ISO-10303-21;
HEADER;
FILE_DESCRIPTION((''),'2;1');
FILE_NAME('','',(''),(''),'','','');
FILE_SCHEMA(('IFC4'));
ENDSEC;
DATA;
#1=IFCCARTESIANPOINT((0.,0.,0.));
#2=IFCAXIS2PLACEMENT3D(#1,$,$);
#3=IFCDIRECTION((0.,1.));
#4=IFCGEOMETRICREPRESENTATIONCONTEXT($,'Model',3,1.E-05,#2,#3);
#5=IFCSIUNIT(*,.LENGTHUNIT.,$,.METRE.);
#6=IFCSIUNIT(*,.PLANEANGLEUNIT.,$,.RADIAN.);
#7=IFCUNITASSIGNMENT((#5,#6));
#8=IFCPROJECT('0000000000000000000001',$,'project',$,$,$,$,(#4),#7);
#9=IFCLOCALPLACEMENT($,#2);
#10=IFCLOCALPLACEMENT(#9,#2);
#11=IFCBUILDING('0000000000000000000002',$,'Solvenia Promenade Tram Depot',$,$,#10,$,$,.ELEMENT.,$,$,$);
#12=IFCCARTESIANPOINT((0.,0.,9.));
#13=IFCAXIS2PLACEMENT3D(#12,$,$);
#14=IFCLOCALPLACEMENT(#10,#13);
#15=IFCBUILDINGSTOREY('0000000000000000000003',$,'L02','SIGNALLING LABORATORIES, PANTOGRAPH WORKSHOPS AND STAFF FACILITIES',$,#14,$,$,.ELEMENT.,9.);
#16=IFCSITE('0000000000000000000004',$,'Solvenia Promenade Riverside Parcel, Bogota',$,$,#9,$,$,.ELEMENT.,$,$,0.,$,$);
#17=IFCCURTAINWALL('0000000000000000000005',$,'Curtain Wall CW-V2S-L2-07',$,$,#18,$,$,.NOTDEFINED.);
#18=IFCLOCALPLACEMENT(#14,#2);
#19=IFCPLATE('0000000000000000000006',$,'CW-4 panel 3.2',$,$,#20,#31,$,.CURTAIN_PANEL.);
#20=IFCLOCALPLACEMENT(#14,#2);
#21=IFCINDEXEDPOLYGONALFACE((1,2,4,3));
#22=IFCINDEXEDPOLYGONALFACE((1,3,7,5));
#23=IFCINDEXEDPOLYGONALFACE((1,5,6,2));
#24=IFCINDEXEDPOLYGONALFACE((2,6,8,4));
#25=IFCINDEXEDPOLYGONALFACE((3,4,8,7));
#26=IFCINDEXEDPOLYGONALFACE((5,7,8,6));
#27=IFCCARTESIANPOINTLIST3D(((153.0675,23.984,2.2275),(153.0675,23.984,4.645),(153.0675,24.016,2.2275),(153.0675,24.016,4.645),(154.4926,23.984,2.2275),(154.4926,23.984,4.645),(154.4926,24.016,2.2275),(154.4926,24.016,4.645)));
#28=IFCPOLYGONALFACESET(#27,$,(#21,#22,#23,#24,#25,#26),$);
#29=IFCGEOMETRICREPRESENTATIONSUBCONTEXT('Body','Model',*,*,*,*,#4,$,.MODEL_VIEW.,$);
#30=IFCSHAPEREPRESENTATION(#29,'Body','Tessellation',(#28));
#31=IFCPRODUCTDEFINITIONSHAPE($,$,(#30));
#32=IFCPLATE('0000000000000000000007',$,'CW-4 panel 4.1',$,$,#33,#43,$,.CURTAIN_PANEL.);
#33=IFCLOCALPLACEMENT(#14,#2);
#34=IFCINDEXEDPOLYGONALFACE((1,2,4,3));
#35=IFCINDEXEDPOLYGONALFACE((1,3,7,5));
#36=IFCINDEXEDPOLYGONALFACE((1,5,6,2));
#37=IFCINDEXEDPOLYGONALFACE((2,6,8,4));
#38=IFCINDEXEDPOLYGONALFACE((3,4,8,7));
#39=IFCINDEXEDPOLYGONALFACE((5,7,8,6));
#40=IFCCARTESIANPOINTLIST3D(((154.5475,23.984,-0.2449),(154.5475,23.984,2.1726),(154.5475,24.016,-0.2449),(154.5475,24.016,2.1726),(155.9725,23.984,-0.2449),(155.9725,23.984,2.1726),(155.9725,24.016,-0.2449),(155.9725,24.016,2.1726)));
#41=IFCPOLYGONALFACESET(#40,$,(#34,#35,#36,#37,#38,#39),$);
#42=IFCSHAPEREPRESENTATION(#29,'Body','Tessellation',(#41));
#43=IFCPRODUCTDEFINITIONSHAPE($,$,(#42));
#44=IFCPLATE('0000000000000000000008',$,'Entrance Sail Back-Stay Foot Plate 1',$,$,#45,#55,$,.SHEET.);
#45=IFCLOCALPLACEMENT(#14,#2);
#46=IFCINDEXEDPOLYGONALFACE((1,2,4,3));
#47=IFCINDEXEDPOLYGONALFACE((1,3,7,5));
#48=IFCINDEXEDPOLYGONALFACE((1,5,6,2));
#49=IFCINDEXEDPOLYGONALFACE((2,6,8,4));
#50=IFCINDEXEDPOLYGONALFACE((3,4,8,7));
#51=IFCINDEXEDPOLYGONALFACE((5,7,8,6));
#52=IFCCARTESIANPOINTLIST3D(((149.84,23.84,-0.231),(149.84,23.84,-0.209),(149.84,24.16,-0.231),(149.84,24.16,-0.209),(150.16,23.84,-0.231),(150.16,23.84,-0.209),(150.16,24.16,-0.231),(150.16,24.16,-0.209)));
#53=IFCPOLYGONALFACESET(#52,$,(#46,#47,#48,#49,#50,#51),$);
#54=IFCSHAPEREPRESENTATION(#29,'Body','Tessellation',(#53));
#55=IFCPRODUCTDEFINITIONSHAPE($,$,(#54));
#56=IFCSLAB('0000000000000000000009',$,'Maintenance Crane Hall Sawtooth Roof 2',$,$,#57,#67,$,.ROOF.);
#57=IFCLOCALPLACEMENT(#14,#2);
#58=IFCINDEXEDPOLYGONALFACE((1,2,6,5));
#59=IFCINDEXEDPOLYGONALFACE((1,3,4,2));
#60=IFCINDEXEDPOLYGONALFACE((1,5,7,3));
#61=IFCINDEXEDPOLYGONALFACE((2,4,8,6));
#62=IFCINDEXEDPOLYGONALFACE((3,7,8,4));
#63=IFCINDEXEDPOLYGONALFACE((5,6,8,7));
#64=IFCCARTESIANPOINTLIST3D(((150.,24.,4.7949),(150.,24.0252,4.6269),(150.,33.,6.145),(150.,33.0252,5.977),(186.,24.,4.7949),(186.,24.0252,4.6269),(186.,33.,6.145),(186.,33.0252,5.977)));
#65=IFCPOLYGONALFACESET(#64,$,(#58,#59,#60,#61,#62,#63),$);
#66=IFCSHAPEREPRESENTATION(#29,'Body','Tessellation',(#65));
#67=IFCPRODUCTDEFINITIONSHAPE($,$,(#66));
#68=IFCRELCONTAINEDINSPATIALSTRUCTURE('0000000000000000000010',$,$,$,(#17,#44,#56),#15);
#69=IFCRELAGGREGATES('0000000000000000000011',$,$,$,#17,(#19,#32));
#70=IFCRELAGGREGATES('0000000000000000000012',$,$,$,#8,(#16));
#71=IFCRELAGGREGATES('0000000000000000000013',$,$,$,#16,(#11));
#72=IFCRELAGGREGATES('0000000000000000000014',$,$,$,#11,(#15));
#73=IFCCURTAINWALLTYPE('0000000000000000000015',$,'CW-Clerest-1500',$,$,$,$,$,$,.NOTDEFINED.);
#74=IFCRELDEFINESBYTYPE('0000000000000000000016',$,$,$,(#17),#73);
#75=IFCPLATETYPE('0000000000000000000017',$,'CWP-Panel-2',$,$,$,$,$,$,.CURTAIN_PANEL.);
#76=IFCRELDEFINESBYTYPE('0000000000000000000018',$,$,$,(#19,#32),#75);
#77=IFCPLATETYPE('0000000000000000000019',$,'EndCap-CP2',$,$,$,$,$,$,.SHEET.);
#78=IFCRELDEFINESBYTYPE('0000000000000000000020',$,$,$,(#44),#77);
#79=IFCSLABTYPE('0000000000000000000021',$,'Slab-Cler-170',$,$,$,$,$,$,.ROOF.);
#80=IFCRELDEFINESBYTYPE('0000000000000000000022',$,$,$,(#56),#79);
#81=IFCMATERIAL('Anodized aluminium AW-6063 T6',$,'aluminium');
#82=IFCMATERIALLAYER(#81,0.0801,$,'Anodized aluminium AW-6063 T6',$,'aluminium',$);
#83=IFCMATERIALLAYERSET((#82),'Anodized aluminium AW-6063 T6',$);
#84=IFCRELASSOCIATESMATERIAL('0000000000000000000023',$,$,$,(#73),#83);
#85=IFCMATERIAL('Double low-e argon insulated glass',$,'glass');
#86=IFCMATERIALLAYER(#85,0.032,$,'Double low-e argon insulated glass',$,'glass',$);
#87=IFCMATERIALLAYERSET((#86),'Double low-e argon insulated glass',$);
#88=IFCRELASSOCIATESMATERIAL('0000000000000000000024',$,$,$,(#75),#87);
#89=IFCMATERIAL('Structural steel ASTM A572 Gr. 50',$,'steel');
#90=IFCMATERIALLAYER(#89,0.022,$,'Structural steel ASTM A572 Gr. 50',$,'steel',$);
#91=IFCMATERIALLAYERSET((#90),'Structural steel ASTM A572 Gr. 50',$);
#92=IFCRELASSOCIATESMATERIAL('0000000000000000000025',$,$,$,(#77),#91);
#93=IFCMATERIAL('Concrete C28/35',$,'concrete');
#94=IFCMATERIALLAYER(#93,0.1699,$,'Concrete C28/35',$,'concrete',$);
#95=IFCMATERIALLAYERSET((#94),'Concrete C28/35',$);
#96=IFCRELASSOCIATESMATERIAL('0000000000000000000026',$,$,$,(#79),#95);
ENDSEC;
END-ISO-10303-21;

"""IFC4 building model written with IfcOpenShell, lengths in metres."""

from ifc_helpers import new_model, si_unit, direction, frame, origin, origin_2d, place, context, subcontext, project, spatial, polyline, rectangle, outline, extrude, material, layer, layer_set, type_object, element, aggregate, save


model = new_model("IFC4")

# Units and contexts
model_context = context("Model", 3, precision=1e-05, world=origin(), true_north=direction((0.0, 1.0)))
body_context = subcontext(model_context, "Body", "Model", "MODEL_VIEW")
ifc_project = project(units=[si_unit("LENGTHUNIT", "METRE"), si_unit("PLANEANGLEUNIT", "RADIAN")], contexts=[model_context])

# Site, building, storey
site_placement = place(None, origin())
site = spatial("IfcSite", under=ifc_project, at=site_placement, Name="Solvenia Promenade Riverside Parcel, Bogota", CompositionType="ELEMENT", RefElevation=0.0)
building_placement = place(site_placement, origin())
building = spatial("IfcBuilding", under=site, at=building_placement, Name="Solvenia Promenade Tram Depot", CompositionType="ELEMENT")
storey_placement = place(building_placement, frame((0.0, 0.0, 9.0)))
storey = spatial("IfcBuildingStorey", under=building, at=storey_placement, Name="L02", Description="SIGNALLING LABORATORIES, PANTOGRAPH WORKSHOPS AND STAFF FACILITIES", CompositionType="ELEMENT", Elevation=9.0)

# Shared definitions
ifc_material_1 = material(Name="Anodized aluminium AW-6063 T6", Category="aluminium")
ifc_layer_1 = layer(ifc_material_1, 0.0801, Name="Anodized aluminium AW-6063 T6", Category="aluminium")
ifc_layer_set_1 = layer_set([ifc_layer_1], Name="Anodized aluminium AW-6063 T6")
curtain_wall_type = type_object("IfcCurtainWallType", Name="CW-Clerest-1500", PredefinedType="NOTDEFINED", material=ifc_layer_set_1)

# Curtain wall
curtain_wall_1_placement = place(storey_placement, origin())
curtain_wall_1 = element("IfcCurtainWall", 1, at=curtain_wall_1_placement, inside=storey, type_object=curtain_wall_type, Name="Curtain Wall CW-V2S-L2-07", PredefinedType="NOTDEFINED")

# Plates
ifc_material_2 = material(Name="Double low-e argon insulated glass", Category="glass")
ifc_layer_2 = layer(ifc_material_2, 0.032, Name="Double low-e argon insulated glass", Category="glass")
ifc_layer_set_2 = layer_set([ifc_layer_2], Name="Double low-e argon insulated glass")
plate_type_1 = type_object("IfcPlateType", Name="CWP-Panel-2", PredefinedType="CURTAIN_PANEL", material=ifc_layer_set_2)
plate_1_placement = place(storey_placement, frame((153.78, 24.0, 2.2275), z_axis=(0.0, 0.0, 1.0), x_axis=(1.0, 0.0, 0.0)))
plate_1 = element("IfcPlate", 2, at=plate_1_placement, type_object=plate_type_1, Name="CW-4 panel 3.2", PredefinedType="CURTAIN_PANEL", context=body_context, shape_type="SweptSolid", body=[
    extrude(rectangle(XDim=1.425, YDim=0.032, at=origin_2d()), origin(), (0.0, 0.0, 1.0), 2.4175),
])
plate_2_placement = place(storey_placement, frame((155.26, 24.0, -0.2449), z_axis=(0.0, 0.0, 1.0), x_axis=(1.0, 0.0, 0.0)))
plate_2 = element("IfcPlate", 3, at=plate_2_placement, type_object=plate_type_1, Name="CW-4 panel 4.1", PredefinedType="CURTAIN_PANEL", context=body_context, shape_type="SweptSolid", body=[
    extrude(rectangle(XDim=1.425, YDim=0.032, at=origin_2d()), origin(), (0.0, 0.0, 1.0), 2.4175),
])
aggregate(curtain_wall_1, [plate_1, plate_2])
ifc_material_3 = material(Name="Structural steel ASTM A572 Gr. 50", Category="steel")
ifc_layer_3 = layer(ifc_material_3, 0.022, Name="Structural steel ASTM A572 Gr. 50", Category="steel")
ifc_layer_set_3 = layer_set([ifc_layer_3], Name="Structural steel ASTM A572 Gr. 50")
plate_type_2 = type_object("IfcPlateType", Name="EndCap-CP2", PredefinedType="SHEET", material=ifc_layer_set_3)
plate_3_placement = place(storey_placement, frame((150.0, 24.0, -0.231), z_axis=(0.0, 0.0, 1.0), x_axis=(1.0, 0.0, 0.0)))
element("IfcPlate", 4, at=plate_3_placement, inside=storey, type_object=plate_type_2, Name="Entrance Sail Back-Stay Foot Plate 1", PredefinedType="SHEET", context=body_context, shape_type="SweptSolid", body=[
    extrude(rectangle(XDim=0.3201, YDim=0.3201, at=origin_2d()), origin(), (0.0, 0.0, 1.0), 0.022),
])

# Slab
ifc_material_4 = material(Name="Concrete C28/35", Category="concrete")
ifc_layer_4 = layer(ifc_material_4, 0.1699, Name="Concrete C28/35", Category="concrete")
ifc_layer_set_4 = layer_set([ifc_layer_4], Name="Concrete C28/35")
slab_type = type_object("IfcSlabType", Name="Slab-Cler-170", PredefinedType="ROOF", material=ifc_layer_set_4)
slab_placement = place(storey_placement, frame((150.0, 24.0, 4.7949), z_axis=(0.0, -0.148351, 0.988935), x_axis=(1.0, 0.0, 0.0)))
element("IfcSlab", 5, at=slab_placement, inside=storey, type_object=slab_type, Name="Maintenance Crane Hall Sawtooth Roof 2", PredefinedType="ROOF", context=body_context, shape_type="SweptSolid", body=[
    extrude(outline(polyline([(0.0, 0.0), (36.0, 0.0), (36.0, 9.1007), (0.0, 9.1007), (0.0, 0.0)])), origin(), (0.0, 0.0, -1.0), 0.1699),
])

save(model, "model.ifc")
